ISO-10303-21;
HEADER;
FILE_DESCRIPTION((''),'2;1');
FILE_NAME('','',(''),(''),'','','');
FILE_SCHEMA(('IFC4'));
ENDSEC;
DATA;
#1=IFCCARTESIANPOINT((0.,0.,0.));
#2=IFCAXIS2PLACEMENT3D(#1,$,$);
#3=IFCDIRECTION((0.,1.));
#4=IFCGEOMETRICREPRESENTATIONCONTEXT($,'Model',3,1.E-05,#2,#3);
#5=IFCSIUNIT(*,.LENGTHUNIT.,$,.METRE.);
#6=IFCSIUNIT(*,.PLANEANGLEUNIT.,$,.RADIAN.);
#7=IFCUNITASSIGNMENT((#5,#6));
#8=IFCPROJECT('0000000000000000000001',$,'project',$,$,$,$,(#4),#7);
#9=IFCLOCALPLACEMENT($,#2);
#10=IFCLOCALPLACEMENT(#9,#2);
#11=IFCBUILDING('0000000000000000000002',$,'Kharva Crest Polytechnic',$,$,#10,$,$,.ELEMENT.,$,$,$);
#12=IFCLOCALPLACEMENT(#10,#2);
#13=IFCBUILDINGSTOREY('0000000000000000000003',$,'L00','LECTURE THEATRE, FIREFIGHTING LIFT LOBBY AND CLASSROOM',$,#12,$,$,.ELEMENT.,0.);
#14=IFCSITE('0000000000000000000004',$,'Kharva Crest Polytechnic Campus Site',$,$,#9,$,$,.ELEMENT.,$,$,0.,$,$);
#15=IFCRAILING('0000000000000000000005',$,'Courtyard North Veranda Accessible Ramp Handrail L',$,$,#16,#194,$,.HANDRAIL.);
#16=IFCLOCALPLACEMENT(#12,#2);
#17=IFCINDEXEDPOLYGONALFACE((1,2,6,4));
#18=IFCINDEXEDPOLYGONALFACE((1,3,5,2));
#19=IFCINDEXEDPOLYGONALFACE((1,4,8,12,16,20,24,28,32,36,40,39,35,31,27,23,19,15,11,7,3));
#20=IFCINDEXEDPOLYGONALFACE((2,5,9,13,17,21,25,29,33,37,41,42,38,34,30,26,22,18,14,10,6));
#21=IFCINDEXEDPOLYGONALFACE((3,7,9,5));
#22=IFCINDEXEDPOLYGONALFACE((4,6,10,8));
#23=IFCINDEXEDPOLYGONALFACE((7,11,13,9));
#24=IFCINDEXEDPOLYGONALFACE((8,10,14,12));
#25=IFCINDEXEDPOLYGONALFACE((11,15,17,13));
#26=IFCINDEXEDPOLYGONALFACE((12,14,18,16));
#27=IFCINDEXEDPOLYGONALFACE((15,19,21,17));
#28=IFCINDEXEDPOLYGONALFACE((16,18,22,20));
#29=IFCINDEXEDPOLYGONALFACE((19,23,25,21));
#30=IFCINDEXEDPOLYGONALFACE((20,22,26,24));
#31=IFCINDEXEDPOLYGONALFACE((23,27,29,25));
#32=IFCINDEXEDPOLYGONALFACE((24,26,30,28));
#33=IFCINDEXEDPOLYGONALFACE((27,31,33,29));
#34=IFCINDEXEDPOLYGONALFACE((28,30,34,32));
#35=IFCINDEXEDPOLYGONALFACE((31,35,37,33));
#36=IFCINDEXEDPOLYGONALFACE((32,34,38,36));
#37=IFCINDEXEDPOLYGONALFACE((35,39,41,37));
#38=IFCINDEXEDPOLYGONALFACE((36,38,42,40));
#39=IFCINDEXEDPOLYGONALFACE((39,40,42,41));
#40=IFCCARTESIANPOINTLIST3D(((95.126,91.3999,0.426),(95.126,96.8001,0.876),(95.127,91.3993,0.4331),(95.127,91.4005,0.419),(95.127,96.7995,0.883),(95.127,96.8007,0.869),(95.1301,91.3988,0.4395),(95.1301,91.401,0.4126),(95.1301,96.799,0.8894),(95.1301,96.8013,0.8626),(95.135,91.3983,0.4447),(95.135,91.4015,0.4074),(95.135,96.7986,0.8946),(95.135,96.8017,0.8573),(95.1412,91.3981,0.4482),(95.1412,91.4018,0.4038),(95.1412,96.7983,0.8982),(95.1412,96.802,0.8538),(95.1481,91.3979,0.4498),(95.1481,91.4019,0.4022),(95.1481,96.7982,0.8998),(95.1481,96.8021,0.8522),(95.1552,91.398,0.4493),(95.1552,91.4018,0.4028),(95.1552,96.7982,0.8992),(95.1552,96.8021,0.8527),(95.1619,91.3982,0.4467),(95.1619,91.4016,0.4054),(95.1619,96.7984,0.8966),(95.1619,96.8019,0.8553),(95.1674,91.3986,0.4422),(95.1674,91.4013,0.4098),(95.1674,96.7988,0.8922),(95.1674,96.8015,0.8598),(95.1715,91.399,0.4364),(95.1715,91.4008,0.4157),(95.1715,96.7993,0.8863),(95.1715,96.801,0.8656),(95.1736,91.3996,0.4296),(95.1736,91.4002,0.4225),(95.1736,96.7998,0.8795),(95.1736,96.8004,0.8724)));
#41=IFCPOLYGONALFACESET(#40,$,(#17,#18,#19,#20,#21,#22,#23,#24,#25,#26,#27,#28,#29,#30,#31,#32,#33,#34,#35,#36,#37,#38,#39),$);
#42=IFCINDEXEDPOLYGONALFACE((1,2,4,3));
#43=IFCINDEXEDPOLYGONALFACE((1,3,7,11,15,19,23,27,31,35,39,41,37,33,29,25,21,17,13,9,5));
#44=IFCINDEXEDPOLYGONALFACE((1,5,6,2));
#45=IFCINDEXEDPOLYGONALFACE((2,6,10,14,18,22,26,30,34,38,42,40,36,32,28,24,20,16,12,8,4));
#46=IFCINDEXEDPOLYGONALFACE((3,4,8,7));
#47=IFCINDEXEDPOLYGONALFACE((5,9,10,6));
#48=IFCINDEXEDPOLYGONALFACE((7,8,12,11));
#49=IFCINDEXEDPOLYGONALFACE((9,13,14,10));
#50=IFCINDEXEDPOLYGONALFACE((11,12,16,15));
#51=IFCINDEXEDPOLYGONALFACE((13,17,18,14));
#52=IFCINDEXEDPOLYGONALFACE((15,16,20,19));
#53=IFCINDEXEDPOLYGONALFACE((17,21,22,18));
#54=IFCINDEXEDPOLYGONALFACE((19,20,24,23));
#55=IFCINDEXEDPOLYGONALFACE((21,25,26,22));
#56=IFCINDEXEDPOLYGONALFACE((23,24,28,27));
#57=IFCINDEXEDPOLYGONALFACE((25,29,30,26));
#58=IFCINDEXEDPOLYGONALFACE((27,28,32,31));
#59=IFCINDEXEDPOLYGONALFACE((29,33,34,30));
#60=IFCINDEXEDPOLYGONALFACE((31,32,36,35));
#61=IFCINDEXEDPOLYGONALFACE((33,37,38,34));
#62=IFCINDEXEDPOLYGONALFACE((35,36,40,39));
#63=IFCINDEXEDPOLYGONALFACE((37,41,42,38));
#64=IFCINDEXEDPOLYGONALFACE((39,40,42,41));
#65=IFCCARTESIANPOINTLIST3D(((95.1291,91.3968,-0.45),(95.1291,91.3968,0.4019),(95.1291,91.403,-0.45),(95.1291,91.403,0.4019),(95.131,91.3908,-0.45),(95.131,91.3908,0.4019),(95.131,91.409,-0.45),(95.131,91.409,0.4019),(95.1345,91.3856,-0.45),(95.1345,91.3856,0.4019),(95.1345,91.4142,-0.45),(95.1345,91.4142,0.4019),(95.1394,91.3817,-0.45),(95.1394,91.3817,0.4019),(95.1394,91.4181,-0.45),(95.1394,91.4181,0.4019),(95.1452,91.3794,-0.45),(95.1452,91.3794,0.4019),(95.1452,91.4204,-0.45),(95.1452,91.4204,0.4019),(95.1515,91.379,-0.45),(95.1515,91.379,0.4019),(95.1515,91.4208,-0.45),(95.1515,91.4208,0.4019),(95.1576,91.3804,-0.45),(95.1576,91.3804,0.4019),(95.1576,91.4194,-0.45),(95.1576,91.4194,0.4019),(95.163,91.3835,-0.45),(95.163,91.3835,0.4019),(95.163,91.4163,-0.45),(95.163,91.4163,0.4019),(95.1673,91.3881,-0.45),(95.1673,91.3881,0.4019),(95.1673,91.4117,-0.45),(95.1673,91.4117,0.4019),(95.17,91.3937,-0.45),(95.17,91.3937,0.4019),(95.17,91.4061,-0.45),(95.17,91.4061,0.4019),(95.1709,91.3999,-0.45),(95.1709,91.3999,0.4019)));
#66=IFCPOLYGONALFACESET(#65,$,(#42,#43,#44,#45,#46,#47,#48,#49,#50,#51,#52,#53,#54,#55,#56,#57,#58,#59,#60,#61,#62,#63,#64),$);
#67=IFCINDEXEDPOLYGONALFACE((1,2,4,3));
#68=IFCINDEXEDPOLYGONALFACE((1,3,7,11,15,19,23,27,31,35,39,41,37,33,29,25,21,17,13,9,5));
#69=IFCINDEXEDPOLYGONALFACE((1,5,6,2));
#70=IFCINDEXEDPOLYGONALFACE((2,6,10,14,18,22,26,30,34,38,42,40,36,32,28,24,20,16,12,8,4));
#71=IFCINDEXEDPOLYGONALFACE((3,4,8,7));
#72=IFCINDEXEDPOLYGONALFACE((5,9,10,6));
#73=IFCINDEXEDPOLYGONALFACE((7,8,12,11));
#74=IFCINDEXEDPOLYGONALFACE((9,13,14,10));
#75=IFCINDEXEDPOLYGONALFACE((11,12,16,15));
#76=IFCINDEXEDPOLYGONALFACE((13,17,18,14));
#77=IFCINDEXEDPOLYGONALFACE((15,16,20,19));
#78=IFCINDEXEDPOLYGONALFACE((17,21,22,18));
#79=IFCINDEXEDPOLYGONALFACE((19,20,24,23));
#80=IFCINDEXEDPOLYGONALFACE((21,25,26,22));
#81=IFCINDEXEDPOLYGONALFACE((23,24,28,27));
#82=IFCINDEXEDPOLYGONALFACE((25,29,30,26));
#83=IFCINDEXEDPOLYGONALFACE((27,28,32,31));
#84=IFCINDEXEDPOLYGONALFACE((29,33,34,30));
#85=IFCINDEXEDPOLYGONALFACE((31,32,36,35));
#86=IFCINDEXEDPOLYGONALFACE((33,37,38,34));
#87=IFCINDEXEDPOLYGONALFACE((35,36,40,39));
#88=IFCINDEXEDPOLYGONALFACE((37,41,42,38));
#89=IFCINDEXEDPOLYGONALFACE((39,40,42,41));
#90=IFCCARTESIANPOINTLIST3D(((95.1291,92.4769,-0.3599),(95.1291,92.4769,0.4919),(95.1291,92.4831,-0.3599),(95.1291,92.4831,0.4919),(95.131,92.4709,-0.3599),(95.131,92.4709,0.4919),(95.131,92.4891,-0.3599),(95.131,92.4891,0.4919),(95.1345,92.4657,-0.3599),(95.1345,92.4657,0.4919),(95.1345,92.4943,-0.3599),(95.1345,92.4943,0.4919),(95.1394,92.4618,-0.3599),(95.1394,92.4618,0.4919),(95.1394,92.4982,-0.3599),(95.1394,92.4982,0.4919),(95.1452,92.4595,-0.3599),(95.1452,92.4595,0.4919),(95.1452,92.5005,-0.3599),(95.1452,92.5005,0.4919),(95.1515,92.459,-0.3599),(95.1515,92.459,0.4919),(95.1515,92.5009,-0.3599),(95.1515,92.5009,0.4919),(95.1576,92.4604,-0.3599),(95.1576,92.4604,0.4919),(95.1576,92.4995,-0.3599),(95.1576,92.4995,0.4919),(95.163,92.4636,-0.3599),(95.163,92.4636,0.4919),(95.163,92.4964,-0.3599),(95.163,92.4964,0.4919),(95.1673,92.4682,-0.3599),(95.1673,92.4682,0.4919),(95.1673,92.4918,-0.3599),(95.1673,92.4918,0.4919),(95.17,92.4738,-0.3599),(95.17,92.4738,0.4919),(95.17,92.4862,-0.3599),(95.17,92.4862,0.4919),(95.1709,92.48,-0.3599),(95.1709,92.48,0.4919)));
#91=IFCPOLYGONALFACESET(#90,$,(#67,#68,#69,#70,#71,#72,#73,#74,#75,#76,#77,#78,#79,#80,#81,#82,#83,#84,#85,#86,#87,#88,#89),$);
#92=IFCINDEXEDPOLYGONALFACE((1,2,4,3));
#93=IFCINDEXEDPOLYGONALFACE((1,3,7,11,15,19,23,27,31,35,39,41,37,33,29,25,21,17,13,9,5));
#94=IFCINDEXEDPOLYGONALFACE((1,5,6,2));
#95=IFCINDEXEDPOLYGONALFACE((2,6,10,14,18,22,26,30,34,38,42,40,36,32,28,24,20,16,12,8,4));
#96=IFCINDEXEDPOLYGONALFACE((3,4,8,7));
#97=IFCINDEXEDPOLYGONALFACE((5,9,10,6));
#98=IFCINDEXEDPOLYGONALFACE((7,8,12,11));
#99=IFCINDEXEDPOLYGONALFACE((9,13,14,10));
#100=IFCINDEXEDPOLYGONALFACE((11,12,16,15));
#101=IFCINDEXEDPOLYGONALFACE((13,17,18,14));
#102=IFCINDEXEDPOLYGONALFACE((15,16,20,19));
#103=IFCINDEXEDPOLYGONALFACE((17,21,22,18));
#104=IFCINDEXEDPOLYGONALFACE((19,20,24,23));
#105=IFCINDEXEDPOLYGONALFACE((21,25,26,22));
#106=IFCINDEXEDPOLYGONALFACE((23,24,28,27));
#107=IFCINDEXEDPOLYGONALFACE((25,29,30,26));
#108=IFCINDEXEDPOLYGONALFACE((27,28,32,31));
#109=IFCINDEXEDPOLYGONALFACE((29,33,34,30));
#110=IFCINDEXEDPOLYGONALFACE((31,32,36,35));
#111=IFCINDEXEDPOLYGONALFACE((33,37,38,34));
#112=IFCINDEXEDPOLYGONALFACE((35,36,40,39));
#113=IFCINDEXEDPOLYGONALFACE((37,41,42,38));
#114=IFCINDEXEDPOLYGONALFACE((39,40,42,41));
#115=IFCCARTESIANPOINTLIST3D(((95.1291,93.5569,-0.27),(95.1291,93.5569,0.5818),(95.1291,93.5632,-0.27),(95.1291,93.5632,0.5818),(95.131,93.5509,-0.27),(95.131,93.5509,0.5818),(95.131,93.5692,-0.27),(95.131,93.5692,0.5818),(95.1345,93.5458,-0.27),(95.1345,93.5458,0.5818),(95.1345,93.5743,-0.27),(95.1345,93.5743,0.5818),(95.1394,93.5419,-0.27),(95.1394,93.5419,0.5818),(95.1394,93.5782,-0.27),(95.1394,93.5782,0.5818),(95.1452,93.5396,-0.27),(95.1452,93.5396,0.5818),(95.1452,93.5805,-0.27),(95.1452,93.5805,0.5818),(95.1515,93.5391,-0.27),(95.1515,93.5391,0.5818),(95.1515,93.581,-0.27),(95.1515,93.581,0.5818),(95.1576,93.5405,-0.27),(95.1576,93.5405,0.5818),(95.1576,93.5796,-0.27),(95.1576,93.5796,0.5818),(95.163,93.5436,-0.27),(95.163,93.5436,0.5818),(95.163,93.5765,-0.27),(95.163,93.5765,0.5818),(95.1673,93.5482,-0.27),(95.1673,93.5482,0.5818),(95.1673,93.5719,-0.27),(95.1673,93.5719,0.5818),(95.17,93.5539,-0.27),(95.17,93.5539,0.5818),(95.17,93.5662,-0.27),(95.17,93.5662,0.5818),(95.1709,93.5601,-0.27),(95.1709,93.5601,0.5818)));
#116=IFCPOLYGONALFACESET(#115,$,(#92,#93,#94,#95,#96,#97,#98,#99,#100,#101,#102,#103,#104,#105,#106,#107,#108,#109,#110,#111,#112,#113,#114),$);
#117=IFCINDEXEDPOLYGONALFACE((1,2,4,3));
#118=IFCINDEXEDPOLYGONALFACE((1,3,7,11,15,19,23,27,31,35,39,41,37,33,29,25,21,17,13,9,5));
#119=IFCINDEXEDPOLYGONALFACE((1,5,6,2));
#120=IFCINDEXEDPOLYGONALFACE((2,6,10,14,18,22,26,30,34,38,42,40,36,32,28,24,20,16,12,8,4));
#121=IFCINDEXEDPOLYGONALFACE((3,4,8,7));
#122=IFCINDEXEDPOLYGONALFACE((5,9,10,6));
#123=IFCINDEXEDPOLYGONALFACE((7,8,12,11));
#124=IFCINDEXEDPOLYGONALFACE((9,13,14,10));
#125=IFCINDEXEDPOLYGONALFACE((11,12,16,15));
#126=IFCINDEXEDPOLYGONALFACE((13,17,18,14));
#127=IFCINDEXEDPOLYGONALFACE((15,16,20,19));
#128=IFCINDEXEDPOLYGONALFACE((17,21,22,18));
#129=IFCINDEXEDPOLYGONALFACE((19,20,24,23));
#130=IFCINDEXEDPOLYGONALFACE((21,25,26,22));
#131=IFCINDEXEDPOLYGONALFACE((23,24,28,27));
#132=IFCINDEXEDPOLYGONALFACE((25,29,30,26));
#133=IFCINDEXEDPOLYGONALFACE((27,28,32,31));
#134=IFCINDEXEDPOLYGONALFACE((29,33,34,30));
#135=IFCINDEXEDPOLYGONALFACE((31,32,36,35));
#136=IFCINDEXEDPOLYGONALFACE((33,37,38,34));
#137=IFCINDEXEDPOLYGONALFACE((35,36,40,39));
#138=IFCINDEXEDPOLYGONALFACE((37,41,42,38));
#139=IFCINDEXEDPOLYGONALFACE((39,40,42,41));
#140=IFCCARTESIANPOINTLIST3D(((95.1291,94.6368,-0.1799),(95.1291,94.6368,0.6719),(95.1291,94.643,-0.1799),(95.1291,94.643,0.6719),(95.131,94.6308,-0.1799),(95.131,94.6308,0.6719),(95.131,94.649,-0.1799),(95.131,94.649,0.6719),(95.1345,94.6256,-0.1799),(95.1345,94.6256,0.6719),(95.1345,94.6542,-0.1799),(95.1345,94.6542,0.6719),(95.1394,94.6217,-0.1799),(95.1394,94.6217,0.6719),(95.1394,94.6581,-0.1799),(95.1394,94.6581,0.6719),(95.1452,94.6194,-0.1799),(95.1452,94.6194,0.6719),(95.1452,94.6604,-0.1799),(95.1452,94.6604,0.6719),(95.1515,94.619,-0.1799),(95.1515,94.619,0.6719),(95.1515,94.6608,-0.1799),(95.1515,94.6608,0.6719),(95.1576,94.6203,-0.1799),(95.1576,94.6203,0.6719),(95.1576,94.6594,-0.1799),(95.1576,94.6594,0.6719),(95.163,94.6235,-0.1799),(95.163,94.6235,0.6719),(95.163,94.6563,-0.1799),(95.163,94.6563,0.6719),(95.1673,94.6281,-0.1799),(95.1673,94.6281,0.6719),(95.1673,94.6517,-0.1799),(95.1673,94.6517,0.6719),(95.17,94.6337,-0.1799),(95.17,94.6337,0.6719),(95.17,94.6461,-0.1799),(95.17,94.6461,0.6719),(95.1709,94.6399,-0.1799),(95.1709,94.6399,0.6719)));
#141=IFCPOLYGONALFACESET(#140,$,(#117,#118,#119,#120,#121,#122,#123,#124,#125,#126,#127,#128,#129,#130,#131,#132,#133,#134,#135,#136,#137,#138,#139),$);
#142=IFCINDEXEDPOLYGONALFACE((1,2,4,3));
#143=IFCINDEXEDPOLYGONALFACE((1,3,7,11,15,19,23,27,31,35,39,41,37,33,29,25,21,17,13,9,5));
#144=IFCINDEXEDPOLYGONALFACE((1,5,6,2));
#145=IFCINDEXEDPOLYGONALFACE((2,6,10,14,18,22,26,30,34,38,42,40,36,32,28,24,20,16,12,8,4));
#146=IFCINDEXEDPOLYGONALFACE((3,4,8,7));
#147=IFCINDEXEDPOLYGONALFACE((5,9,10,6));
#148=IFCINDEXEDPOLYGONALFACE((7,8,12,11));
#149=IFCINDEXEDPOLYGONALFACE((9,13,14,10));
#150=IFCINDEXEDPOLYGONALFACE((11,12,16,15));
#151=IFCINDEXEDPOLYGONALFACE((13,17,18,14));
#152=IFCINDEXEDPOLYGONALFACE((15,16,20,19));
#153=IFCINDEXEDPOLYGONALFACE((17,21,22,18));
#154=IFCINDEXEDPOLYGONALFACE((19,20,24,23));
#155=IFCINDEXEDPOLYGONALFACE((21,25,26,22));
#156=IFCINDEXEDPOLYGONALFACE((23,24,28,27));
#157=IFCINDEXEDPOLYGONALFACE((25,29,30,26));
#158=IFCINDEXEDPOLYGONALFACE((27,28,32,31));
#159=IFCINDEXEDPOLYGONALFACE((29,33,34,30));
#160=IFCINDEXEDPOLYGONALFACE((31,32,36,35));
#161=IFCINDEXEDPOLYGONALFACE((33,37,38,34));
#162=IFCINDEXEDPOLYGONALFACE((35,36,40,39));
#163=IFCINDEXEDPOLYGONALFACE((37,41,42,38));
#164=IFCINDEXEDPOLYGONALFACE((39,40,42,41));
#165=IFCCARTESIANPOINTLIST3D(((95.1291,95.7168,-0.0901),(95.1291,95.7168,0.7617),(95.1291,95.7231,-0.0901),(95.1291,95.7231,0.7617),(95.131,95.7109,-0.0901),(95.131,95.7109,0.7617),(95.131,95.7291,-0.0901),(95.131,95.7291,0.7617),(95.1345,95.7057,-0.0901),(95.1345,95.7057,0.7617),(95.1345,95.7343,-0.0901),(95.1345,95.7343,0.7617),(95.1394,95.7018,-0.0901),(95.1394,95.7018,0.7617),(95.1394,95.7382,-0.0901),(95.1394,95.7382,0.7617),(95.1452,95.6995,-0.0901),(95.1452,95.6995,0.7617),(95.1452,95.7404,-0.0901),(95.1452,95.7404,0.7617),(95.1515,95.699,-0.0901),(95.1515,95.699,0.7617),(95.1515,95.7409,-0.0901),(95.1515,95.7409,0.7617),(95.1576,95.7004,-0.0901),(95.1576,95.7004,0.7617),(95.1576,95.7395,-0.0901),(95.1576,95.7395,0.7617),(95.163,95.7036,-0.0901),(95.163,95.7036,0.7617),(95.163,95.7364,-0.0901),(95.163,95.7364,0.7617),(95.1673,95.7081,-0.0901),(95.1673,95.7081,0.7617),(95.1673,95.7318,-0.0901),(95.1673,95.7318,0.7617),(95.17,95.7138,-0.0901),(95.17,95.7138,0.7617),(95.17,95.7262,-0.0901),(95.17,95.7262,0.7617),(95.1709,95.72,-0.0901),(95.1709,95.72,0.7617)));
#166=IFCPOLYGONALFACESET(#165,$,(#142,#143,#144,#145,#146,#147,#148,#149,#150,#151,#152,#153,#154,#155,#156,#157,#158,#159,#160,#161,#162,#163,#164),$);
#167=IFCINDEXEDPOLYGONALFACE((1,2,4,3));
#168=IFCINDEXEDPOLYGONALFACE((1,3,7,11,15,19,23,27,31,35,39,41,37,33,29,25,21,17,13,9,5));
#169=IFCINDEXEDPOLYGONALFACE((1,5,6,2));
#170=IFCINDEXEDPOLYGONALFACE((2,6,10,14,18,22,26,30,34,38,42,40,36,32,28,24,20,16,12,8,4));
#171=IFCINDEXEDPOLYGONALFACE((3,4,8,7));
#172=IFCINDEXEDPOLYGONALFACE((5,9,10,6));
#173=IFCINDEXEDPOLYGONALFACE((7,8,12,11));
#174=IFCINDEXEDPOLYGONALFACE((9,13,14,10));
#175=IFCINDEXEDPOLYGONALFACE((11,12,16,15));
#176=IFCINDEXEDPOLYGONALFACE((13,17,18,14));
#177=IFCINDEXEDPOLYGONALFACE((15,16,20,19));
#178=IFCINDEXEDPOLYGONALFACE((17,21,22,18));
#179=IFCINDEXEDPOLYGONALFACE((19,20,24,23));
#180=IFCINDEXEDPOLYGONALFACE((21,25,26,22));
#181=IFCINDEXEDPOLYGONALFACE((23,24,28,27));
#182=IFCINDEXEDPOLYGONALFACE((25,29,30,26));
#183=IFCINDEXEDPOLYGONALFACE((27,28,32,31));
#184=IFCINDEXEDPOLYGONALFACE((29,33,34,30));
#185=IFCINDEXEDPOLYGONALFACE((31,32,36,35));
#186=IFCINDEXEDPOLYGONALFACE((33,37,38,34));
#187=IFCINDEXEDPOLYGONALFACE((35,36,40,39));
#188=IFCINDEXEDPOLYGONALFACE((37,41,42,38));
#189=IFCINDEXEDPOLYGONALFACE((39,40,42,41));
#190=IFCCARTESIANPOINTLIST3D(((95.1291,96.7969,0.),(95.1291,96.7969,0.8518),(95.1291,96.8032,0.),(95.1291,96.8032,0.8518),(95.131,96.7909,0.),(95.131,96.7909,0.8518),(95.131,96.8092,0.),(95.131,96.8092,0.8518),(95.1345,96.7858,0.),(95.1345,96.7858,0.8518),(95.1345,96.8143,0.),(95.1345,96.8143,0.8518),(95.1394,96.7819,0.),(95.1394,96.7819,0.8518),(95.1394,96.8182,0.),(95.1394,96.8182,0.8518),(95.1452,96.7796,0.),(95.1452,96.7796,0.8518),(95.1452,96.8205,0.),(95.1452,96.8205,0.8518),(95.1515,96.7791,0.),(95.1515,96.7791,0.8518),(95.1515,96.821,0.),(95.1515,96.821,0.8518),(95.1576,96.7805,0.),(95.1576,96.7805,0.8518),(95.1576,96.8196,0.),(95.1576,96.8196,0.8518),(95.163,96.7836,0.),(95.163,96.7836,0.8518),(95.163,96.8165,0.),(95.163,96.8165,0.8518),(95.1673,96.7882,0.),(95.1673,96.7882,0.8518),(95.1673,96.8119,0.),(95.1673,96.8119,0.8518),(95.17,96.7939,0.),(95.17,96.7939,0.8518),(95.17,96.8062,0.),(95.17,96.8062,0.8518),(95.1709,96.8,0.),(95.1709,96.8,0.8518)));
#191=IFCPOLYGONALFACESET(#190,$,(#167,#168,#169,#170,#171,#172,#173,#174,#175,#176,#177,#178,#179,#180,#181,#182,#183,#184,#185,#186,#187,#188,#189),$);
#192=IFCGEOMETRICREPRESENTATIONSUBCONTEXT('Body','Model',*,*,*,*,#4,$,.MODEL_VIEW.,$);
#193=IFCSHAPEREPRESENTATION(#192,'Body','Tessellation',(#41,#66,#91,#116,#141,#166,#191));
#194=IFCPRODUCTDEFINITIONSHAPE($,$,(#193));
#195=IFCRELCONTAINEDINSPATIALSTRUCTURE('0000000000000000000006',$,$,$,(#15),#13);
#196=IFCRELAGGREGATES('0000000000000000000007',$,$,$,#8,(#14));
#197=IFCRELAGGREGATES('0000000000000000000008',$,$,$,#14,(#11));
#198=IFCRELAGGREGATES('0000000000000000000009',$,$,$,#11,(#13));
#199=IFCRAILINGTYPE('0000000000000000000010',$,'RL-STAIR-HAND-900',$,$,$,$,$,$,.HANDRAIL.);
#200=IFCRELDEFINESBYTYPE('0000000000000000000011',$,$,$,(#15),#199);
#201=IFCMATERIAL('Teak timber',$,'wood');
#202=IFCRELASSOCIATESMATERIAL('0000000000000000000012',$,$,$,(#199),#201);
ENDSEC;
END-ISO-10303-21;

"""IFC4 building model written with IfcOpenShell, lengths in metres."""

from ifc_helpers import new_model, si_unit, direction, frame, origin, origin_2d, place, context, subcontext, project, spatial, circle, extrude, material, type_object, element, save


model = new_model("IFC4")

# Units and contexts
model_context = context("Model", 3, precision=1e-05, world=origin(), true_north=direction((0.0, 1.0)))
body_context = subcontext(model_context, "Body", "Model", "MODEL_VIEW")
ifc_project = project(units=[si_unit("LENGTHUNIT", "METRE"), si_unit("PLANEANGLEUNIT", "RADIAN")], contexts=[model_context])

# Site, building, storey
site_placement = place(None, origin())
site = spatial("IfcSite", under=ifc_project, at=site_placement, Name="Kharva Crest Polytechnic Campus Site", CompositionType="ELEMENT", RefElevation=0.0)
building_placement = place(site_placement, origin())
building = spatial("IfcBuilding", under=site, at=building_placement, Name="Kharva Crest Polytechnic", CompositionType="ELEMENT")
storey_placement = place(building_placement, origin())
storey = spatial("IfcBuildingStorey", under=building, at=storey_placement, Name="L00", Description="LECTURE THEATRE, FIREFIGHTING LIFT LOBBY AND CLASSROOM", CompositionType="ELEMENT", Elevation=0.0)

# Railing
ifc_material_1 = material(Name="Teak timber", Category="wood")
railing_type = type_object("IfcRailingType", Name="RL-STAIR-HAND-900", PredefinedType="HANDRAIL", material=ifc_material_1)
for number, where, name in (
    (1, (95.1499, 91.3999, -0.45), "Courtyard North Veranda Accessible Ramp Handrail L"),
):
    element("IfcRailing", number, at=place(storey_placement, frame(where)), inside=storey, type_object=railing_type, Name=name, PredefinedType="HANDRAIL", context=body_context, shape_type="SweptSolid", body=[
        extrude(circle(Radius=0.0239, at=origin_2d()), frame((0.0, 0.0, 0.876), z_axis=(0.0, 0.996547, 0.083034), x_axis=(-1.0, 0.0, 0.0)), (0.0, 0.0, 1.0), 5.4189),
        extrude(circle(Radius=0.021, at=origin_2d()), origin(), (0.0, 0.0, 1.0), 0.8518),
        extrude(circle(Radius=0.021, at=origin_2d()), frame((0.0, 1.0801, 0.0901)), (0.0, 0.0, 1.0), 0.8518),
        extrude(circle(Radius=0.021, at=origin_2d()), frame((0.0, 2.1602, 0.1799)), (0.0, 0.0, 1.0), 0.8518),
        extrude(circle(Radius=0.021, at=origin_2d()), frame((0.0, 3.24, 0.27)), (0.0, 0.0, 1.0), 0.8518),
        extrude(circle(Radius=0.021, at=origin_2d()), frame((0.0, 4.3201, 0.3599)), (0.0, 0.0, 1.0), 0.8518),
        extrude(circle(Radius=0.021, at=origin_2d()), frame((0.0, 5.4001, 0.45)), (0.0, 0.0, 1.0), 0.8518),
    ])

save(model, "model.ifc")
